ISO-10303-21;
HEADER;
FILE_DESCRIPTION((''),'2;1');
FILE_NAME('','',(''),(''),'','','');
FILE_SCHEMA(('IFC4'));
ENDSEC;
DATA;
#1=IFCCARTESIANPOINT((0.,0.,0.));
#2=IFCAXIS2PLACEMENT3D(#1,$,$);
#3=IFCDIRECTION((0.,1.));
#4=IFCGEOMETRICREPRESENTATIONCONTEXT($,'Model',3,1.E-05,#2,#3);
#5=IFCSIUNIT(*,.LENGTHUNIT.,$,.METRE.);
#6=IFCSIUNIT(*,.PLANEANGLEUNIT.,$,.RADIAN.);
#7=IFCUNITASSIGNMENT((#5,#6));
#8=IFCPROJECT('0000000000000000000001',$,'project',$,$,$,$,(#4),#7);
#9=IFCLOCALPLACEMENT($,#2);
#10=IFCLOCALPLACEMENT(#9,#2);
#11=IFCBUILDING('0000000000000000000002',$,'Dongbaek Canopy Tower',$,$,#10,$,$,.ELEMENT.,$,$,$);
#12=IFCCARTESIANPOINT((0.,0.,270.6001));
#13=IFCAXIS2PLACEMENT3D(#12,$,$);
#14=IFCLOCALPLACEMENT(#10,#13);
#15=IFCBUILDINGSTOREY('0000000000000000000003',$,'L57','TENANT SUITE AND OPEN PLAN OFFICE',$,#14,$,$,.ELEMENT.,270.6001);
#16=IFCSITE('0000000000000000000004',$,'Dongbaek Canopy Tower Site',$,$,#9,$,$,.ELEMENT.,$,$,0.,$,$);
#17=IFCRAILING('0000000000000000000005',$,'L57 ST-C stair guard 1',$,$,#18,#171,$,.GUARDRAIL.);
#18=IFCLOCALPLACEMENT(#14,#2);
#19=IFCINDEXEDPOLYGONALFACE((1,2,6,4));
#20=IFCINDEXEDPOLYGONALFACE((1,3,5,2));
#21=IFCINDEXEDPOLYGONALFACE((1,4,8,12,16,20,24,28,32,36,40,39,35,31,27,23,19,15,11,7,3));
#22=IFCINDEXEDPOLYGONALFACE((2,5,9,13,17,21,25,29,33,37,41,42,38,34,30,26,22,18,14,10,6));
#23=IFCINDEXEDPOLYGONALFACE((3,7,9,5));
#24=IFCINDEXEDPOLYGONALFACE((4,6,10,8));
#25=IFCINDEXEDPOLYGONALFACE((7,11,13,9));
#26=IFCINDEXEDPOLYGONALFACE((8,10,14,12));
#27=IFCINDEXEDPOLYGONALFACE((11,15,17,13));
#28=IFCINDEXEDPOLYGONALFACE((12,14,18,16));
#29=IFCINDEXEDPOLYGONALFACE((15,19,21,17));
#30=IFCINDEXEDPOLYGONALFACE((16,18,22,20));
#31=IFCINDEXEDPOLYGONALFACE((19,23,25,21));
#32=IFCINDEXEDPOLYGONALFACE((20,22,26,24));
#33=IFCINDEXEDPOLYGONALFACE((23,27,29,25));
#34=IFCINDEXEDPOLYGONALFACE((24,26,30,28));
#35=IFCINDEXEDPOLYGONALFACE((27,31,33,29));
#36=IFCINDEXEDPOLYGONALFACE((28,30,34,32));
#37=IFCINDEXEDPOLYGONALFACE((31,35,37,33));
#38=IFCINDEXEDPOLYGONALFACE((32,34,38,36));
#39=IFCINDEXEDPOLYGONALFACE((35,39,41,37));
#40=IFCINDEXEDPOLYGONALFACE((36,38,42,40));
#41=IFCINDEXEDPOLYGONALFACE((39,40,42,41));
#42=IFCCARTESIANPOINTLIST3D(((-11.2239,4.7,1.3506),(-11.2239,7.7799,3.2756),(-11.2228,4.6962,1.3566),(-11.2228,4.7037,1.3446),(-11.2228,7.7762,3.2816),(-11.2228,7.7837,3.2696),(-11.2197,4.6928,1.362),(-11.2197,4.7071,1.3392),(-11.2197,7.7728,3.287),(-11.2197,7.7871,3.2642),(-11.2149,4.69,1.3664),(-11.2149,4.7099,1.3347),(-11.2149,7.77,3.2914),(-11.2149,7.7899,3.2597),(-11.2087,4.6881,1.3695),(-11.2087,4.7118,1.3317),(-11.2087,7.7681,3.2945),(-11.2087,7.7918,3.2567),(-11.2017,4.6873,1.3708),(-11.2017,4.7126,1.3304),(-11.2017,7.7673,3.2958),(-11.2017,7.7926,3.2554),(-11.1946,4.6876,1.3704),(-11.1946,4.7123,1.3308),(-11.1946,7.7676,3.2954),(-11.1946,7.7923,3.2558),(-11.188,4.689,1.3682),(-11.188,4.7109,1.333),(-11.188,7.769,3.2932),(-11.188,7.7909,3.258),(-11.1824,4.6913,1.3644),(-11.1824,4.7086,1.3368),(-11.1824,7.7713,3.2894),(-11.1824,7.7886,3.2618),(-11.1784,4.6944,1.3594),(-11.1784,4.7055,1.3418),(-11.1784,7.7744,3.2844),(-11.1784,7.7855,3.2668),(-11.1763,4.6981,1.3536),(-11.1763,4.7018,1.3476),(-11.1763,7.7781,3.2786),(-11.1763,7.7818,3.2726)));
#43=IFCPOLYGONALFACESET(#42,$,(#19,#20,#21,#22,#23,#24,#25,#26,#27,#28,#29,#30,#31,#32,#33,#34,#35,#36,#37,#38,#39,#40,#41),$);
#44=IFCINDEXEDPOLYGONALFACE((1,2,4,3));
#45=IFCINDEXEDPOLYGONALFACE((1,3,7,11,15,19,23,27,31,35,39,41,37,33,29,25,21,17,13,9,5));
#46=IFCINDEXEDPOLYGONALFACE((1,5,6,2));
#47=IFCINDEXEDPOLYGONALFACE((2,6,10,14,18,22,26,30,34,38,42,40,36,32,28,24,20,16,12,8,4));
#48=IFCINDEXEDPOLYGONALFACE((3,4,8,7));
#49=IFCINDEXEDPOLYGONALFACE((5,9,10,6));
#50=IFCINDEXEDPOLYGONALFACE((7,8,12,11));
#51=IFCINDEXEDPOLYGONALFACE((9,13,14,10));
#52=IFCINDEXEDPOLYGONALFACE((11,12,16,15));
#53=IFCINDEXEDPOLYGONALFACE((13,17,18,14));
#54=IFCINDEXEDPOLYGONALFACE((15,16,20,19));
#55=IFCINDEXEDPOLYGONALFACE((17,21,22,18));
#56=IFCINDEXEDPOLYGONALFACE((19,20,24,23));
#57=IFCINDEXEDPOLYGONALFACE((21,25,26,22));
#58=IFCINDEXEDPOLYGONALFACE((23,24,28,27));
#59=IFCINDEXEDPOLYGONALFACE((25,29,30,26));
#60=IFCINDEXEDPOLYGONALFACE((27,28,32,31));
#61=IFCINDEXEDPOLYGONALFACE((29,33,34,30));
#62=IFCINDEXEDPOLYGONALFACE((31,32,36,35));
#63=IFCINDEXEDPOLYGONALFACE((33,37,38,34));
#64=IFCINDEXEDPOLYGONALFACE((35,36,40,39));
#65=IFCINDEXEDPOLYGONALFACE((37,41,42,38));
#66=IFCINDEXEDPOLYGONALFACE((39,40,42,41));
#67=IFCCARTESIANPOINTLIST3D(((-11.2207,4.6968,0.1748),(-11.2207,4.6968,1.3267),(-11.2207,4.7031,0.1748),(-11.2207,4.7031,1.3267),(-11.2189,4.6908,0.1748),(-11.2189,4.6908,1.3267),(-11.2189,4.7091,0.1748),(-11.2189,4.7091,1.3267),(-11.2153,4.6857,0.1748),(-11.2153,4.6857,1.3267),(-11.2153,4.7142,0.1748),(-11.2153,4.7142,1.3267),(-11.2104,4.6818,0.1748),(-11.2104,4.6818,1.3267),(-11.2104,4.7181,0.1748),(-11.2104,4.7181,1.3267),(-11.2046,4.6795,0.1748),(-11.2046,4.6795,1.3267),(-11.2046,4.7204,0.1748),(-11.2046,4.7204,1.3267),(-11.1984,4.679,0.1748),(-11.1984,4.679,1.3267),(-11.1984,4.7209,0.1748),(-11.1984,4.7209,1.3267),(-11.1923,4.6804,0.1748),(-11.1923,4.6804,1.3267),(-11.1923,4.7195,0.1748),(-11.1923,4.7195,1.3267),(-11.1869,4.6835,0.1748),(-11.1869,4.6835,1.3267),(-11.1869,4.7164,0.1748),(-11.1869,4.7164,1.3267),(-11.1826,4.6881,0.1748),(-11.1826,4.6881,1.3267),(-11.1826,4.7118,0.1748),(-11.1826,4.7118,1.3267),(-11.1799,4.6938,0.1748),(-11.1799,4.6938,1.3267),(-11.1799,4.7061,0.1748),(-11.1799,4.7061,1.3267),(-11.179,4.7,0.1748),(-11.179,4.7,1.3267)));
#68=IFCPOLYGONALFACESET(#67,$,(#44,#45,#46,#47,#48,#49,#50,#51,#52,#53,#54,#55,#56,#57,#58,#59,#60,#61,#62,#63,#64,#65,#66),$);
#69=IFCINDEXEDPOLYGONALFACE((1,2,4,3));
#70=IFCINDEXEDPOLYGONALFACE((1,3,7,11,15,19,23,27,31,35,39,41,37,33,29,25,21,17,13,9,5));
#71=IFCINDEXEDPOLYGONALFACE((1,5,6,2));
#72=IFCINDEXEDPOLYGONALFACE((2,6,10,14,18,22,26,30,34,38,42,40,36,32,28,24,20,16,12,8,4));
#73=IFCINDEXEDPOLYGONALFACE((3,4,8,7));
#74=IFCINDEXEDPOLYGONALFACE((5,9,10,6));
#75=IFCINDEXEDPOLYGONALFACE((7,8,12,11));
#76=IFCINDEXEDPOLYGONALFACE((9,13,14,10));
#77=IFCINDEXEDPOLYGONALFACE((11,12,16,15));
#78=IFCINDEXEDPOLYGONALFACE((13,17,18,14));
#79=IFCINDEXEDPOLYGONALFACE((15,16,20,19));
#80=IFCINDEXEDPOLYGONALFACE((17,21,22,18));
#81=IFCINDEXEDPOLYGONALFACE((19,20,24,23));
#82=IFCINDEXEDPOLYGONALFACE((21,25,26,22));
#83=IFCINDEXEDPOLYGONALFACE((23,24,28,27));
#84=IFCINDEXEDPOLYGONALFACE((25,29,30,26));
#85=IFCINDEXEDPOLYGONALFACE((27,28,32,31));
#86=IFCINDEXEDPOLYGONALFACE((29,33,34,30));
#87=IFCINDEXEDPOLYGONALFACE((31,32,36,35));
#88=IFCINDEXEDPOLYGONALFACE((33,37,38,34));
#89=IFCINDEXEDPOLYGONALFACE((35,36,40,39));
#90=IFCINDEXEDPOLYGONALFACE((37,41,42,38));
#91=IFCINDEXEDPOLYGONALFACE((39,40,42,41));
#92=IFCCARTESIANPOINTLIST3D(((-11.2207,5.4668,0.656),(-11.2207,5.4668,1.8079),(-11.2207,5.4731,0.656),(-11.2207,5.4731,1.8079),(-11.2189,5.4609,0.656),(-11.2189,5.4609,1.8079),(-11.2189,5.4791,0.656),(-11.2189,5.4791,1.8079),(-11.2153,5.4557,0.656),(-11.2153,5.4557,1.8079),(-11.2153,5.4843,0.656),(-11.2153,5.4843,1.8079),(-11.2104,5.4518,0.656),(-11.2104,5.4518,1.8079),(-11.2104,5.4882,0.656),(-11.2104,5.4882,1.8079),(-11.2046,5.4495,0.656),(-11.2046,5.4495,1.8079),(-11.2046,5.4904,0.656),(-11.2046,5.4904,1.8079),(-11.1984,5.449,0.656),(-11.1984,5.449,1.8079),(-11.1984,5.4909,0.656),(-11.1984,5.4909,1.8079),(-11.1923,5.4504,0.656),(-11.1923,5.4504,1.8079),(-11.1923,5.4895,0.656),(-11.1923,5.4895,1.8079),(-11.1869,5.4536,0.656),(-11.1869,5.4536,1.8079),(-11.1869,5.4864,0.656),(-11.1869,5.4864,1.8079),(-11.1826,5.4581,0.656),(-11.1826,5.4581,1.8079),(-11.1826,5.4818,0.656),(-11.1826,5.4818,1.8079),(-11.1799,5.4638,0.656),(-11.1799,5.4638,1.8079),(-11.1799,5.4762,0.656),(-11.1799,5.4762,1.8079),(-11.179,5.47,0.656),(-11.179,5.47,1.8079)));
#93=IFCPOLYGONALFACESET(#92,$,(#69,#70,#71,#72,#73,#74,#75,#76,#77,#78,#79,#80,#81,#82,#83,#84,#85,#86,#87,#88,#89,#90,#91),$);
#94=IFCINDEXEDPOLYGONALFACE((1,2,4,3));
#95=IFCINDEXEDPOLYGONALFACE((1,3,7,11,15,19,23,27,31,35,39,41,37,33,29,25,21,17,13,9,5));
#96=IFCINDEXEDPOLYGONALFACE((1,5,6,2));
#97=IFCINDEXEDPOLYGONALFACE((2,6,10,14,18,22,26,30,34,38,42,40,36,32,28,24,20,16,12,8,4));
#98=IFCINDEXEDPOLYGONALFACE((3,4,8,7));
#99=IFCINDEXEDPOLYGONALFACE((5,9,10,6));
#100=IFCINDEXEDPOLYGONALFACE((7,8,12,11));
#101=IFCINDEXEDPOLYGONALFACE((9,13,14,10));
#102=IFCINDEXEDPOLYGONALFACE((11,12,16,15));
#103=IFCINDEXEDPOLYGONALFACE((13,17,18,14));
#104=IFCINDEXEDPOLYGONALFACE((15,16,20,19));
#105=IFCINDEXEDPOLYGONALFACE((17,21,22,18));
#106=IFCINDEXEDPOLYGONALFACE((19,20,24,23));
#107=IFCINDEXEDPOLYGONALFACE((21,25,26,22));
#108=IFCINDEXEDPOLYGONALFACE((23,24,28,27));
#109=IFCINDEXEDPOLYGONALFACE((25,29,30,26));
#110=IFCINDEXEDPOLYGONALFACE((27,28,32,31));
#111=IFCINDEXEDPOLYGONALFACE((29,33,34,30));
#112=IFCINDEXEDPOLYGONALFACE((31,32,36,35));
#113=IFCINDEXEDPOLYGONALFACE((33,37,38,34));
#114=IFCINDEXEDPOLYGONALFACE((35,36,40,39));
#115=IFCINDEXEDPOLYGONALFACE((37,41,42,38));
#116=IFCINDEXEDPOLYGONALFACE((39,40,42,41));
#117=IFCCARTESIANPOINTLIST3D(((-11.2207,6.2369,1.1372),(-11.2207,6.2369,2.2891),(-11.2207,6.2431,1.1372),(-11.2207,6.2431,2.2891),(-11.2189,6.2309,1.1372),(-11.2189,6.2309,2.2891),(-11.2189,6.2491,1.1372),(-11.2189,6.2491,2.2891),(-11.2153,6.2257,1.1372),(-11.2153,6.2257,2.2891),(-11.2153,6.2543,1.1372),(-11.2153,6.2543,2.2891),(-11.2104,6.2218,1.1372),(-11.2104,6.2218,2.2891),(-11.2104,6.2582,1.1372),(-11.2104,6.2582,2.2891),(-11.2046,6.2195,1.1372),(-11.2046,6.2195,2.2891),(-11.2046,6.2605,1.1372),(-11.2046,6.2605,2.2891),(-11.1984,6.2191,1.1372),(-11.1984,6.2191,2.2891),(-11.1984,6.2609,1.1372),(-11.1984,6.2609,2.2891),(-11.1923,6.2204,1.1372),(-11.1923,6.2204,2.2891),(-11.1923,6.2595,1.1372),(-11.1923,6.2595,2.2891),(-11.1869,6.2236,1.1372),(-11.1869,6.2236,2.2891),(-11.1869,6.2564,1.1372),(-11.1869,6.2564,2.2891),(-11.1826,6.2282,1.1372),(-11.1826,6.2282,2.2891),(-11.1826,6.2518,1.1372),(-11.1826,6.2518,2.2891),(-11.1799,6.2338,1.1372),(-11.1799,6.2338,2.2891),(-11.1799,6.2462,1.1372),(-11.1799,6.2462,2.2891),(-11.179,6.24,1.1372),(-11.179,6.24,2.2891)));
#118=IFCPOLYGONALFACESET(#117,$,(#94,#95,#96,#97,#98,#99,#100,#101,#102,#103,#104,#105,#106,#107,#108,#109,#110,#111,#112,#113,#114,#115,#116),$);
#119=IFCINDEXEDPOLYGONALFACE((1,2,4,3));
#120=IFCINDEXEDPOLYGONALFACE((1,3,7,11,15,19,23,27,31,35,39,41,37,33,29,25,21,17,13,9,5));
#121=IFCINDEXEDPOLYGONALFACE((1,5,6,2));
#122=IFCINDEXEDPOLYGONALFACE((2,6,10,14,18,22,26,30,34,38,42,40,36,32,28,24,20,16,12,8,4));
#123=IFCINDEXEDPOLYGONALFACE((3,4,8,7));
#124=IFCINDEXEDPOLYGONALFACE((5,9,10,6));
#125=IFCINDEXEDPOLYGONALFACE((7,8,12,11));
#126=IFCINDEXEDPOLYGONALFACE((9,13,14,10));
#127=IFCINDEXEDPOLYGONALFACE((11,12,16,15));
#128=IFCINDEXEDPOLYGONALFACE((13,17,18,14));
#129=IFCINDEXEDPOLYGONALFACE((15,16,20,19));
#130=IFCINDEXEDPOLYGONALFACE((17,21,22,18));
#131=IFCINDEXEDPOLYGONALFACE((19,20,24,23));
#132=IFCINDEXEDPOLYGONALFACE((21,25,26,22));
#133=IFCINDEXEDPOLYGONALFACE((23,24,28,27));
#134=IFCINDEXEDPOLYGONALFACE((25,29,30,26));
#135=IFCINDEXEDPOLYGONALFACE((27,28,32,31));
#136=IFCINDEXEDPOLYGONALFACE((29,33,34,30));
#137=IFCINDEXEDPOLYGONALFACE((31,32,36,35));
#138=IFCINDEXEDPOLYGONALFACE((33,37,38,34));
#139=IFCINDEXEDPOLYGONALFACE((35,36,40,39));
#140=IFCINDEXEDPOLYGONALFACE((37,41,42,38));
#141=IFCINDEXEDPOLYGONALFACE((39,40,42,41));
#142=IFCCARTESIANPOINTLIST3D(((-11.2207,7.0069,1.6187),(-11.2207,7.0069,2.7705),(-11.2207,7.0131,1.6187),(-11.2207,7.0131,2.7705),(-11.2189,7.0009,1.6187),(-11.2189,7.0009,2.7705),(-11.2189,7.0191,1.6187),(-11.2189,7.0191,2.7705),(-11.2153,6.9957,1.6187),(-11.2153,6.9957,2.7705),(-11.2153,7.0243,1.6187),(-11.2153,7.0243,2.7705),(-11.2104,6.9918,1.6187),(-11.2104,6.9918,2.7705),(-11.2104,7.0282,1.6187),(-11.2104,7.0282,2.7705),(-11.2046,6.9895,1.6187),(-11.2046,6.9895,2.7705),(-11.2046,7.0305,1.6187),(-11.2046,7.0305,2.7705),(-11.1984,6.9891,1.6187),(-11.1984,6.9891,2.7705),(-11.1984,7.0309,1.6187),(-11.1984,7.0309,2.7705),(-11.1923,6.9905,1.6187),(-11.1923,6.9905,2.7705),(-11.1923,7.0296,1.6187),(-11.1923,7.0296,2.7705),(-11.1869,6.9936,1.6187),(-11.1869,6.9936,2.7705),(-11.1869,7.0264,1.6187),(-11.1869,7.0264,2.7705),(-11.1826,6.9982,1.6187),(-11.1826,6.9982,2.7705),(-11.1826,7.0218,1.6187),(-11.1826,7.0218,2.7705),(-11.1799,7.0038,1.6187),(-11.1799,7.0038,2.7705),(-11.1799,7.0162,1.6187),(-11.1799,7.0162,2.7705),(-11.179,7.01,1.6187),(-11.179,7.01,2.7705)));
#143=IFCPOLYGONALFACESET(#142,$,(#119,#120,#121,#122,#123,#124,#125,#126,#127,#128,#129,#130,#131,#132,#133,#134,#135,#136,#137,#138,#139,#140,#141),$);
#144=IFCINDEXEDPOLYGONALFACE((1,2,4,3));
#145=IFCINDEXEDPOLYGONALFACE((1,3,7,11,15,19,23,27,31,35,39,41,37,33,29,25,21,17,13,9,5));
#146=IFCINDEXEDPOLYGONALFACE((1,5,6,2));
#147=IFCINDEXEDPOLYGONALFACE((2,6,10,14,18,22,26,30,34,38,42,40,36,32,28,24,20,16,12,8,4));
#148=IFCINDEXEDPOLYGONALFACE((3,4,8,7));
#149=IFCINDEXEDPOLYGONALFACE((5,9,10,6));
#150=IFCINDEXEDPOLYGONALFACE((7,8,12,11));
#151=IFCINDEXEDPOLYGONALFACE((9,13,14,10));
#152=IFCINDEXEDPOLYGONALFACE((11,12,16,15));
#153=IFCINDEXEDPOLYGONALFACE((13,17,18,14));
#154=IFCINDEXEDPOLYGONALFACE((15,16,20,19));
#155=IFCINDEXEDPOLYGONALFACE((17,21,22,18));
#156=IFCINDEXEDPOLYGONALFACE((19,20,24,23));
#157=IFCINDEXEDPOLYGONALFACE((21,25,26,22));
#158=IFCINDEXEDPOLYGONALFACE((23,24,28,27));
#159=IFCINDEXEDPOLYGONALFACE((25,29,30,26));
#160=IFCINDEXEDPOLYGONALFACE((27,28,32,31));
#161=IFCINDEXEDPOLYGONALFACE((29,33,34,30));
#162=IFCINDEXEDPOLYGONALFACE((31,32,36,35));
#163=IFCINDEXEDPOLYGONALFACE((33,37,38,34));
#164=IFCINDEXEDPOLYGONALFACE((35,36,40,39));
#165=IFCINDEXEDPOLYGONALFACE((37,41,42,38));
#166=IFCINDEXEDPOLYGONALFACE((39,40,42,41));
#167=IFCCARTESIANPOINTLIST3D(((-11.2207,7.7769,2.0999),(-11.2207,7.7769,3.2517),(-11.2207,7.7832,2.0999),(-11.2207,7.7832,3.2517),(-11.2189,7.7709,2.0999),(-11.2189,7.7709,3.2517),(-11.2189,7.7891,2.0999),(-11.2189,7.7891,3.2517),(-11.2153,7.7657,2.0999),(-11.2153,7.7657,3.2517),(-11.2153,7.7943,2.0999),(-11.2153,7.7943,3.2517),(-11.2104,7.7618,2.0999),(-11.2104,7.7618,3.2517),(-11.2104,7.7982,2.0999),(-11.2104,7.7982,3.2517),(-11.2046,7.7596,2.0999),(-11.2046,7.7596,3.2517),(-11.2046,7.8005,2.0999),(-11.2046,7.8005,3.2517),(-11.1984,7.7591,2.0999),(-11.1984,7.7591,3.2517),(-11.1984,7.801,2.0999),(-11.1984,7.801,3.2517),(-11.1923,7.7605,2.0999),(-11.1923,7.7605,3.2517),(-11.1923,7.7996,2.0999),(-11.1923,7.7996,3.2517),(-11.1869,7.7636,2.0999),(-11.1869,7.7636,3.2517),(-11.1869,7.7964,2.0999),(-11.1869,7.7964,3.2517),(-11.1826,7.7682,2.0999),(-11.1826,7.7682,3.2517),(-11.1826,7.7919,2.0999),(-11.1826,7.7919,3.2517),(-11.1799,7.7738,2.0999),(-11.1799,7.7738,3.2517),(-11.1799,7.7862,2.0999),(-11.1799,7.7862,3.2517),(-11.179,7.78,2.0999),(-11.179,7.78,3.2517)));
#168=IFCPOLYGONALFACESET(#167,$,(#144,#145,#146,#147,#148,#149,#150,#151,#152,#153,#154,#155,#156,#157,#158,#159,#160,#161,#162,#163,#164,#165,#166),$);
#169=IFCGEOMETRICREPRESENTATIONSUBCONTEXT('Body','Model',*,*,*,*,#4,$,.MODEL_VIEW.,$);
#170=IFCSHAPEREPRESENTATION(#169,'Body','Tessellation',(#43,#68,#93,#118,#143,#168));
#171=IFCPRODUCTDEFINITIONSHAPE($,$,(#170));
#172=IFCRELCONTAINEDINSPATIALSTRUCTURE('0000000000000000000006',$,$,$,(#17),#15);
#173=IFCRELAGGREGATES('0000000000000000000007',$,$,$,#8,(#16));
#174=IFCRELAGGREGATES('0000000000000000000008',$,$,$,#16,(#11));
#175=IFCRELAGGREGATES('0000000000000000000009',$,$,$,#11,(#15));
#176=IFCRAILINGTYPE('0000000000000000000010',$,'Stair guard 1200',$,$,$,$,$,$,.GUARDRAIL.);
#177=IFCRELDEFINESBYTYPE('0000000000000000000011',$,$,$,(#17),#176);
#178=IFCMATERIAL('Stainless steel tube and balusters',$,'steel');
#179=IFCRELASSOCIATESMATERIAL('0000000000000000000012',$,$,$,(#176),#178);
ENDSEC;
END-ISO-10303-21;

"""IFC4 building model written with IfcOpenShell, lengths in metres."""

from ifc_helpers import new_model, si_unit, direction, frame, origin, origin_2d, place, context, subcontext, project, spatial, circle, extrude, material, type_object, element, save


model = new_model("IFC4")

# Units and contexts
model_context = context("Model", 3, precision=1e-05, world=origin(), true_north=direction((0.0, 1.0)))
body_context = subcontext(model_context, "Body", "Model", "MODEL_VIEW")
ifc_project = project(units=[si_unit("LENGTHUNIT", "METRE"), si_unit("PLANEANGLEUNIT", "RADIAN")], contexts=[model_context])

# Site, building, storey
site_placement = place(None, origin())
site = spatial("IfcSite", under=ifc_project, at=site_placement, Name="Dongbaek Canopy Tower Site", CompositionType="ELEMENT", RefElevation=0.0)
building_placement = place(site_placement, origin())
building = spatial("IfcBuilding", under=site, at=building_placement, Name="Dongbaek Canopy Tower", CompositionType="ELEMENT")
storey_placement = place(building_placement, frame((0.0, 0.0, 270.6001)))
storey = spatial("IfcBuildingStorey", under=building, at=storey_placement, Name="L57", Description="TENANT SUITE AND OPEN PLAN OFFICE", CompositionType="ELEMENT", Elevation=270.6001)

# Railing
ifc_material_1 = material(Name="Stainless steel tube and balusters", Category="steel")
railing_type_1 = type_object("IfcRailingType", Name="Stair guard 1200", PredefinedType="GUARDRAIL", material=ifc_material_1)
railing_1_placement = place(storey_placement, frame((-11.2, 4.7, 0.1748)))
element("IfcRailing", 1, at=railing_1_placement, inside=storey, type_object=railing_type_1, Name="L57 ST-C stair guard 1", PredefinedType="GUARDRAIL", context=body_context, shape_type="SweptSolid", body=[
    extrude(circle(Radius=0.0239, at=origin_2d()), frame((0.0, 0.0, 1.1758), z_axis=(0.0, 0.847998, 0.529999), x_axis=(-1.0, 0.0, 0.0)), (0.0, 0.0, 1.0), 3.6321),
    extrude(circle(Radius=0.021, at=origin_2d()), origin(), (0.0, 0.0, 1.0), 1.1519),
    extrude(circle(Radius=0.021, at=origin_2d()), frame((0.0, 0.77, 0.4812)), (0.0, 0.0, 1.0), 1.1519),
    extrude(circle(Radius=0.021, at=origin_2d()), frame((0.0, 1.54, 0.9624)), (0.0, 0.0, 1.0), 1.1519),
    extrude(circle(Radius=0.021, at=origin_2d()), frame((0.0, 2.3101, 1.4438)), (0.0, 0.0, 1.0), 1.1519),
    extrude(circle(Radius=0.021, at=origin_2d()), frame((0.0, 3.0801, 1.925)), (0.0, 0.0, 1.0), 1.1519),
])

save(model, "model.ifc")
